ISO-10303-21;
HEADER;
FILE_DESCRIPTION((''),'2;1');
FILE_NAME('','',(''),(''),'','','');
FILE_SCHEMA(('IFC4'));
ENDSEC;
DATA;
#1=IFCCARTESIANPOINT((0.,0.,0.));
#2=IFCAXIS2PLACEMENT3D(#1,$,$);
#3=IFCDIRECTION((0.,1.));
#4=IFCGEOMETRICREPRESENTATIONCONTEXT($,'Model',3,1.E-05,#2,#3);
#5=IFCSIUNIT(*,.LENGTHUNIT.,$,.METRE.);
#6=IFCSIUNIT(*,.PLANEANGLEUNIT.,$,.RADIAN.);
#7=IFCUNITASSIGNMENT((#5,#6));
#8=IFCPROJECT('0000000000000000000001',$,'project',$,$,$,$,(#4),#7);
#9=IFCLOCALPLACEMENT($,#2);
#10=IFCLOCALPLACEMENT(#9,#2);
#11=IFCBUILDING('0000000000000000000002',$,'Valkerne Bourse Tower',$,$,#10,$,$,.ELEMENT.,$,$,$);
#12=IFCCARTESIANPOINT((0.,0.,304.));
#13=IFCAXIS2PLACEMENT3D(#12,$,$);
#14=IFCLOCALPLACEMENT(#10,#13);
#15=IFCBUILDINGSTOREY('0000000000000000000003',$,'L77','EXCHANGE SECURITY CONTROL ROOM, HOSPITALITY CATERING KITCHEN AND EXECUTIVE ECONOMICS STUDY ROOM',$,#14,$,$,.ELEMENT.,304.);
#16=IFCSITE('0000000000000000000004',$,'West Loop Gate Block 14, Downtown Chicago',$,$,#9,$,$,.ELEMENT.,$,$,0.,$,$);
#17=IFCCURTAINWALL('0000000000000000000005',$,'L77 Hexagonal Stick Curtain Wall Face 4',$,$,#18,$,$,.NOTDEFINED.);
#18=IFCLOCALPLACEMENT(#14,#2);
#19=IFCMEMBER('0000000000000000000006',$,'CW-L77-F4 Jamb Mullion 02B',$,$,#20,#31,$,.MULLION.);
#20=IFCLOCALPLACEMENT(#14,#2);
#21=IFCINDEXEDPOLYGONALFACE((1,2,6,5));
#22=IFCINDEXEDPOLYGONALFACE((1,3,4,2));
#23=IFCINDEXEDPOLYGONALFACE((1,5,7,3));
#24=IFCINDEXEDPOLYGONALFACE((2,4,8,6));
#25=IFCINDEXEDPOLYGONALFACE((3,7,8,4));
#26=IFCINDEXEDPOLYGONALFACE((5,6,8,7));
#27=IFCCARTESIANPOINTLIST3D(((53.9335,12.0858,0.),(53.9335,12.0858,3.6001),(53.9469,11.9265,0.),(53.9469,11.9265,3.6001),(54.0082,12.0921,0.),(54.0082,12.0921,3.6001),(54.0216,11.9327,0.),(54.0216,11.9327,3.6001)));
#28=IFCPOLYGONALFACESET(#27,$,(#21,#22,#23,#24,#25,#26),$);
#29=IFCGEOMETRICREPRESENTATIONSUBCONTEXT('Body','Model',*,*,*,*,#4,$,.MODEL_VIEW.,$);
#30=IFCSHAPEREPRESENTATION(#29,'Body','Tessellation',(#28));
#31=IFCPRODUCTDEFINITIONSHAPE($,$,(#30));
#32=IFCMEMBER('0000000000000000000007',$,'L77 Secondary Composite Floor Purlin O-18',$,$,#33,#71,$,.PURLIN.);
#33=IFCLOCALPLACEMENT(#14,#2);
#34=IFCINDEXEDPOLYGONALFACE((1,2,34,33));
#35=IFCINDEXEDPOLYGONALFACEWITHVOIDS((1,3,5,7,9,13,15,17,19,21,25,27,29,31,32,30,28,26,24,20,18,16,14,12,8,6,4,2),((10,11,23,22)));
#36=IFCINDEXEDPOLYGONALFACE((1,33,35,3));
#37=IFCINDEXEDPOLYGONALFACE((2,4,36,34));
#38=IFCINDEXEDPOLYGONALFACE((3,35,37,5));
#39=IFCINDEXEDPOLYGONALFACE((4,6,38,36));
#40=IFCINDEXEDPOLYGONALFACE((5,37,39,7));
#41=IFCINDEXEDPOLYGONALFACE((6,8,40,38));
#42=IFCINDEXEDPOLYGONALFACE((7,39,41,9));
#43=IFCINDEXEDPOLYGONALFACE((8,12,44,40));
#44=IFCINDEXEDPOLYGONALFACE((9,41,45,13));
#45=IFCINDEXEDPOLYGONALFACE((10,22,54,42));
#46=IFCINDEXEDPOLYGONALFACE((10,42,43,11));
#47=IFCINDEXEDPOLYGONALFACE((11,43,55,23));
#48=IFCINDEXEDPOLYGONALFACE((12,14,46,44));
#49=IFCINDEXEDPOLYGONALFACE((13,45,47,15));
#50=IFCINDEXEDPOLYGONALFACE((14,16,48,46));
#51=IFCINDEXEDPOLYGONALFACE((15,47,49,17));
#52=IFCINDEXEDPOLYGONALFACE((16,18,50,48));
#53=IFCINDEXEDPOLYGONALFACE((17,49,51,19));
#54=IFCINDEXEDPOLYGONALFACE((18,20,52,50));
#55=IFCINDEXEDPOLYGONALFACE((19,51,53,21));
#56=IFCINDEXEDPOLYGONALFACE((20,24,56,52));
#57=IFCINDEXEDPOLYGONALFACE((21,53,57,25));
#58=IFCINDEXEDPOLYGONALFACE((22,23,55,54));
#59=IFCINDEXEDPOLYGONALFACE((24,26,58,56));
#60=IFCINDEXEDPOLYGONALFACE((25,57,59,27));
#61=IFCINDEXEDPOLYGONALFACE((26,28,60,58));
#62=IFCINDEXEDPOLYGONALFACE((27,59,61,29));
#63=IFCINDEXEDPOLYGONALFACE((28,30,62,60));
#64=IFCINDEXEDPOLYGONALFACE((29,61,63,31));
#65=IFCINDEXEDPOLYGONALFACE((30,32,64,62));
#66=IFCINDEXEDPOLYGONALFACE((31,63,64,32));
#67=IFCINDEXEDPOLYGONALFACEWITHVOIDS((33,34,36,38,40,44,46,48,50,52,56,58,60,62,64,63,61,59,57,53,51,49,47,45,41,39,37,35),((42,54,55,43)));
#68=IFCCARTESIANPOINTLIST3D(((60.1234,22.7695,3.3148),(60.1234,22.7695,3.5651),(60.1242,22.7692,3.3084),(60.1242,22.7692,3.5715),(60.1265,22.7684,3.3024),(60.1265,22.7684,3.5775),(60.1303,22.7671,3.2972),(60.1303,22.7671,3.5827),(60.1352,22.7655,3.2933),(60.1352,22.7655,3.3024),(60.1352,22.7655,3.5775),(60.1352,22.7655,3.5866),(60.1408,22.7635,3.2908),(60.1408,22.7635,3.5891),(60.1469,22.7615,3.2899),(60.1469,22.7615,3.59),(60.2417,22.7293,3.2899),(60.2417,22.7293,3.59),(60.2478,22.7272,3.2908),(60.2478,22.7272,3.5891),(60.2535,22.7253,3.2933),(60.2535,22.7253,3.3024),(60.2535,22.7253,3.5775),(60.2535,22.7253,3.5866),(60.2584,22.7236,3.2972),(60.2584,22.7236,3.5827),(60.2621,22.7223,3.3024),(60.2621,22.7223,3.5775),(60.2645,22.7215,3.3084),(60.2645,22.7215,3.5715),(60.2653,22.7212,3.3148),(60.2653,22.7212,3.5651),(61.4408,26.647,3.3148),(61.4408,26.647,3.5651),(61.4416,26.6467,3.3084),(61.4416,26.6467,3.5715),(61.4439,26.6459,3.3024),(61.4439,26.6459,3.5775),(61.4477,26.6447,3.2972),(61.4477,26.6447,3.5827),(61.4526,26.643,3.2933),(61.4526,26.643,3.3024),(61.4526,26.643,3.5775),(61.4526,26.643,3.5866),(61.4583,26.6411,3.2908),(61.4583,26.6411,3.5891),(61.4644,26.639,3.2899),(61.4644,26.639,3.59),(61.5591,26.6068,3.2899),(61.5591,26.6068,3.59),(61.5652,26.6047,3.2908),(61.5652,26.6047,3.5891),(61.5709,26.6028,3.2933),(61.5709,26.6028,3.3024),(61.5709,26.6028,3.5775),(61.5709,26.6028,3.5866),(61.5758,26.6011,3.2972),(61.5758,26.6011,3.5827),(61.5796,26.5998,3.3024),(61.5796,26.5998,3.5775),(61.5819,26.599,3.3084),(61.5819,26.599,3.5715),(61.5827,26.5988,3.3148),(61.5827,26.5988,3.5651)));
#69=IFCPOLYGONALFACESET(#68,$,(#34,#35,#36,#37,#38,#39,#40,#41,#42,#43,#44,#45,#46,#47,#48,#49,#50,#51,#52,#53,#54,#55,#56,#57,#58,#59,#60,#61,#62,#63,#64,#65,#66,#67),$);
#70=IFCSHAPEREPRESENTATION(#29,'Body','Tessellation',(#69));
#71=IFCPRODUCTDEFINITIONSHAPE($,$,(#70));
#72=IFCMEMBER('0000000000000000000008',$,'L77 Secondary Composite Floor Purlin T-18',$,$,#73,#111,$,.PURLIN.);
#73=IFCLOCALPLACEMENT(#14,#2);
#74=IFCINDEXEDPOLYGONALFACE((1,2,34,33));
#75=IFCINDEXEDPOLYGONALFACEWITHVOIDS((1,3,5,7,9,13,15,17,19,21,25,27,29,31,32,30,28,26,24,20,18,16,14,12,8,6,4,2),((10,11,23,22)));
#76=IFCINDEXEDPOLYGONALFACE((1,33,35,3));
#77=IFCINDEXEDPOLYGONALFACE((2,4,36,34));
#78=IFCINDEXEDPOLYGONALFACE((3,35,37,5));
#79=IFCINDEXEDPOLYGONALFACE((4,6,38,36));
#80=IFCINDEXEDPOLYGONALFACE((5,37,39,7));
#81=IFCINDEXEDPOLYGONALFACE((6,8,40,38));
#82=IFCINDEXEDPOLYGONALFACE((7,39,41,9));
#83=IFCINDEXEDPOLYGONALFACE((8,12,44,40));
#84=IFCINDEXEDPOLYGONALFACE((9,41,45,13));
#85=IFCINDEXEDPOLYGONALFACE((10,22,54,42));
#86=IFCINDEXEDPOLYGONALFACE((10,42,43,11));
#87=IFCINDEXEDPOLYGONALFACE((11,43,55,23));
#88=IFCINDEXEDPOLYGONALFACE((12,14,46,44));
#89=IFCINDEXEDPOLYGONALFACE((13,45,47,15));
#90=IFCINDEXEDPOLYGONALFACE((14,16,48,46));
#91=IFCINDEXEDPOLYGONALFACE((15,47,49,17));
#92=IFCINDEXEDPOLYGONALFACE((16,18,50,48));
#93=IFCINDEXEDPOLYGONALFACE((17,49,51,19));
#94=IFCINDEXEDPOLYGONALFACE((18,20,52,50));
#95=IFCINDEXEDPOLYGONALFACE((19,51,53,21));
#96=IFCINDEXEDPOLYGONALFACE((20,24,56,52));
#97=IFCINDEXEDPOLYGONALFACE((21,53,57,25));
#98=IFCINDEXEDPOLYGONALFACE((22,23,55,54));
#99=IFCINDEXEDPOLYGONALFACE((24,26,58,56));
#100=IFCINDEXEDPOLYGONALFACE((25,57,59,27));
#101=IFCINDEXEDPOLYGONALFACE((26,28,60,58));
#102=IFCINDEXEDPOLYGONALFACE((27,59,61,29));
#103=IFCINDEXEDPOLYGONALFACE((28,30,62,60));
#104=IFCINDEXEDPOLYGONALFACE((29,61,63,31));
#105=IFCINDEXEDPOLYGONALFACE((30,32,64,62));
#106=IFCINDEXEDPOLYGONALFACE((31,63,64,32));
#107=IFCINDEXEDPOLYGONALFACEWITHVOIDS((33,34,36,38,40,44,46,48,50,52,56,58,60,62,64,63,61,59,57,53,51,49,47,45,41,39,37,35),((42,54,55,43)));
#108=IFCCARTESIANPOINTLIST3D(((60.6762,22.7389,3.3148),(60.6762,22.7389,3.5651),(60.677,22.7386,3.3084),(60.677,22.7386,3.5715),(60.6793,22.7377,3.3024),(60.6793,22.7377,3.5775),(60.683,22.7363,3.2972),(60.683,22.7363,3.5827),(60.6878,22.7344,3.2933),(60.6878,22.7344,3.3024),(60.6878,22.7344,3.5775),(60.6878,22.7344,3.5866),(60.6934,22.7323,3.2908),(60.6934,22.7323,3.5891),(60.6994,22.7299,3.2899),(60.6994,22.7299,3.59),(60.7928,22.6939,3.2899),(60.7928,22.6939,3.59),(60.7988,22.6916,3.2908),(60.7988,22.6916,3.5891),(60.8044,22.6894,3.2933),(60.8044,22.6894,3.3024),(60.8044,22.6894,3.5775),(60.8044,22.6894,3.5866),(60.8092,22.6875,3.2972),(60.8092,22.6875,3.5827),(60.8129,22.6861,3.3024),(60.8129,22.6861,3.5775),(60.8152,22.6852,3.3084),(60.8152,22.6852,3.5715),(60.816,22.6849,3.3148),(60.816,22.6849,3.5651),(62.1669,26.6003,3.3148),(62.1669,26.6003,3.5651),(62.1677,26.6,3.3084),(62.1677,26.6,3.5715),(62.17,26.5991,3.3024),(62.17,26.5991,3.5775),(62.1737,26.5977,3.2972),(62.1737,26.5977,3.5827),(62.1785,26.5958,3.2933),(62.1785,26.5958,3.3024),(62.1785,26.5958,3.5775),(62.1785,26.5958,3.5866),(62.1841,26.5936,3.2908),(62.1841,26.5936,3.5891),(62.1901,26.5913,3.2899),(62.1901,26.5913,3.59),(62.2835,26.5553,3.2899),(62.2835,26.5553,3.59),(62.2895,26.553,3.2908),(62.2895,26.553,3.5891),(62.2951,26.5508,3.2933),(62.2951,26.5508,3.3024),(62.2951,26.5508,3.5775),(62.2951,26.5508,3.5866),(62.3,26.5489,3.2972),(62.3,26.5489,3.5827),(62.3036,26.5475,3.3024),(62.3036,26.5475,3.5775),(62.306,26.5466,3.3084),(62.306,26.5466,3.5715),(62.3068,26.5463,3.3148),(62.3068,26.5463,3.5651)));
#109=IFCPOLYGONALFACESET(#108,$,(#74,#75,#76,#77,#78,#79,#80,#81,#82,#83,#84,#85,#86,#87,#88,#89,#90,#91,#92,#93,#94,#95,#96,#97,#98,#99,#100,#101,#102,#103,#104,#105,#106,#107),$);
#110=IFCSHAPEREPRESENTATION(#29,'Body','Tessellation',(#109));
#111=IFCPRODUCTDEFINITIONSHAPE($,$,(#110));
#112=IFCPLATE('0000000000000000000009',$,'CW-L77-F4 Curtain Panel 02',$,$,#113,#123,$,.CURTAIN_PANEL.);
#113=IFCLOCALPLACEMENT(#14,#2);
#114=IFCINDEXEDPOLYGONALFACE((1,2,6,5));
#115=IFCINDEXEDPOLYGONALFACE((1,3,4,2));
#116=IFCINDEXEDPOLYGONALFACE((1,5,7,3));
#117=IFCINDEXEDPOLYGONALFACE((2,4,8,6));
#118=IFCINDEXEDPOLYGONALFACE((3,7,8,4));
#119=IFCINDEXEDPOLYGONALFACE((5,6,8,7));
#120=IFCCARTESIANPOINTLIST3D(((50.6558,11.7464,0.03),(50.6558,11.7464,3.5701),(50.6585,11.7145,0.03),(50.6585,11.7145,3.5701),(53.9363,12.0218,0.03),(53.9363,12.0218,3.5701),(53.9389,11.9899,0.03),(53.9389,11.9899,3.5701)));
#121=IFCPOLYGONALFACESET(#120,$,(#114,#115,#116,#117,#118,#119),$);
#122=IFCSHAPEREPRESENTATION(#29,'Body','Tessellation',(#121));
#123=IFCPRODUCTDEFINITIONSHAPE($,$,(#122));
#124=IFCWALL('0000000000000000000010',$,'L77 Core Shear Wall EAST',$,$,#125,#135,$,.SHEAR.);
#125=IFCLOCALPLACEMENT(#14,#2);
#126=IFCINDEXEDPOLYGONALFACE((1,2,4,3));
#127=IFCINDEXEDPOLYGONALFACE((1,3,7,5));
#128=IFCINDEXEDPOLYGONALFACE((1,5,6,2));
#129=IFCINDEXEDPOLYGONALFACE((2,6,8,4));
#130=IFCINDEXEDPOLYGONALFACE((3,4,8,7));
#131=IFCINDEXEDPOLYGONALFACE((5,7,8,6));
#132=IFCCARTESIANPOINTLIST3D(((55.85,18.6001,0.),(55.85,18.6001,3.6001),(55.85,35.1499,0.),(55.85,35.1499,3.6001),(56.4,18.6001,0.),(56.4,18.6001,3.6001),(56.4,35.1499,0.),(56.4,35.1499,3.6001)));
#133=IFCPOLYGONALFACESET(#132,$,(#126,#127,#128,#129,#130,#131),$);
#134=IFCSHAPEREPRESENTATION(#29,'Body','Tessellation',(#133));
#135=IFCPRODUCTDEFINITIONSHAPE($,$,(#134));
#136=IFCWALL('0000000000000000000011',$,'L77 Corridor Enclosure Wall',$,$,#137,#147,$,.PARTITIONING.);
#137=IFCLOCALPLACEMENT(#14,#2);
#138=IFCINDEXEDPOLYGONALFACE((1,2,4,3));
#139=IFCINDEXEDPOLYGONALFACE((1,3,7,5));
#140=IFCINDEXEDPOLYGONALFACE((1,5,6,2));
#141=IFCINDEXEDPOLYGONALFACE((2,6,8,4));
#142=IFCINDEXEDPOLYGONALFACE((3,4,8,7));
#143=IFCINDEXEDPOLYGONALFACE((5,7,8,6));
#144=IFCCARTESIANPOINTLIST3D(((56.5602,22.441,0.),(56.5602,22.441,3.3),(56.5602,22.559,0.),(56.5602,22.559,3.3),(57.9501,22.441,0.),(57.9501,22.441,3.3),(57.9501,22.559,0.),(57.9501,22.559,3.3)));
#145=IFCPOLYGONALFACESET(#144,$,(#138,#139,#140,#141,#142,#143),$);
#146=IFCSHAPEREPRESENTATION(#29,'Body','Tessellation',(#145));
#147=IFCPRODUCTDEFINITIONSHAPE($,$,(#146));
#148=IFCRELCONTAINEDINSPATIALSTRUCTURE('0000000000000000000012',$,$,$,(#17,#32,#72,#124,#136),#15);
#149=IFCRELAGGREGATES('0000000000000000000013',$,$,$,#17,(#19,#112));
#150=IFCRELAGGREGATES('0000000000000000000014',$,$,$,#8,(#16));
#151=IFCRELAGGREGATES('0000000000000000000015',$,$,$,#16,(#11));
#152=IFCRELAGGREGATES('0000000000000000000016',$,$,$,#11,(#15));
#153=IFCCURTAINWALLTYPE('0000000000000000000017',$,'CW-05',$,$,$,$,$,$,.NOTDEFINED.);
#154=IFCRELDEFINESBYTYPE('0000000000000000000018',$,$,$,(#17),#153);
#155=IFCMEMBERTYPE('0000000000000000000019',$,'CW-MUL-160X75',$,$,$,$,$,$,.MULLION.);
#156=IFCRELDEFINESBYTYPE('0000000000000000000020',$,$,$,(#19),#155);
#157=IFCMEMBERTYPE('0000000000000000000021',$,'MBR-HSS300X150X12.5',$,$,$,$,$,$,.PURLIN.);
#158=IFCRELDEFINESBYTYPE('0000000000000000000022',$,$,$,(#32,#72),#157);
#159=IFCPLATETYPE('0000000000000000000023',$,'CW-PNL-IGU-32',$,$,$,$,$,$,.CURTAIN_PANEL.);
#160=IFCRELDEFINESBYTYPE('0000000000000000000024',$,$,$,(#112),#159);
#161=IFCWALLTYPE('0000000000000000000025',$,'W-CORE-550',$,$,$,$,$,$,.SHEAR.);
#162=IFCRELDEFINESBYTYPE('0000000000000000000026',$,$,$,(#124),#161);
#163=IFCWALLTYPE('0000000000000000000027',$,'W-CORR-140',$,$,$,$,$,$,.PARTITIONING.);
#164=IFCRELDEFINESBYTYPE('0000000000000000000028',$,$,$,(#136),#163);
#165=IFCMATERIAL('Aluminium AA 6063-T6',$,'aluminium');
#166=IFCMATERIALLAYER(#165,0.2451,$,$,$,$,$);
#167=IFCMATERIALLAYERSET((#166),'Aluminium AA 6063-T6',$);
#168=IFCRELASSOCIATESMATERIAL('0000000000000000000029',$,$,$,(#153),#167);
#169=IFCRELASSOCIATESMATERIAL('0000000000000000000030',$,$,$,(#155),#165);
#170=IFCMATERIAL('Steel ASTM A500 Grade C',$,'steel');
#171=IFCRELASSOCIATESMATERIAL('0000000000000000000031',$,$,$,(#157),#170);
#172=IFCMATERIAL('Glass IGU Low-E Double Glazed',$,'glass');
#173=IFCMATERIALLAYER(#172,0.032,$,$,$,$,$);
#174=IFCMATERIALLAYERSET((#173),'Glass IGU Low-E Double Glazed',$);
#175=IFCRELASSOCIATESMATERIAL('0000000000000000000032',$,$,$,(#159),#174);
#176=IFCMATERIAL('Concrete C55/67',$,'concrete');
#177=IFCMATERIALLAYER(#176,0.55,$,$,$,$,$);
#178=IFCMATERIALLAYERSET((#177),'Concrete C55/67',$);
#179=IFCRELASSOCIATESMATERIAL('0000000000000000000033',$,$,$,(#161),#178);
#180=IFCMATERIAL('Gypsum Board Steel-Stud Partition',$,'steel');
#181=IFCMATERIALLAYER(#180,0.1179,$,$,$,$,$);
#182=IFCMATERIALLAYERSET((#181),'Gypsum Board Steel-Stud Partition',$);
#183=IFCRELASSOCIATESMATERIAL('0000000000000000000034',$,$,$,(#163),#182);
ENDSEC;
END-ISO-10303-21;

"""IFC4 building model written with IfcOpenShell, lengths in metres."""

from ifc_helpers import new_model, si_unit, direction, frame, frame_2d, origin, origin_2d, place, context, subcontext, project, spatial, rectangle, hollow_rectangle, extrude, material, layer, layer_set, material_profile, profile_set, type_object, element, aggregate, save


model = new_model("IFC4")

# Units and contexts
model_context = context("Model", 3, precision=1e-05, world=origin(), true_north=direction((0.0, 1.0)))
body_context = subcontext(model_context, "Body", "Model", "MODEL_VIEW")
ifc_project = project(units=[si_unit("LENGTHUNIT", "METRE"), si_unit("PLANEANGLEUNIT", "RADIAN")], contexts=[model_context])

# Site, building, storey
site_placement = place(None, origin())
site = spatial("IfcSite", under=ifc_project, at=site_placement, Name="West Loop Gate Block 14, Downtown Chicago", CompositionType="ELEMENT", RefElevation=0.0)
building_placement = place(site_placement, origin())
building = spatial("IfcBuilding", under=site, at=building_placement, Name="Valkerne Bourse Tower", CompositionType="ELEMENT")
storey_placement = place(building_placement, frame((0.0, 0.0, 304.0)))
storey = spatial("IfcBuildingStorey", under=building, at=storey_placement, Name="L77", Description="EXCHANGE SECURITY CONTROL ROOM, HOSPITALITY CATERING KITCHEN AND EXECUTIVE ECONOMICS STUDY ROOM", CompositionType="ELEMENT", Elevation=304.0)

# Curtain wall, member
ifc_material_1 = material(Name="Aluminium AA 6063-T6", Category="aluminium")
ifc_layer_1 = layer(ifc_material_1, 0.2451)
ifc_layer_set_1 = layer_set([ifc_layer_1], Name="Aluminium AA 6063-T6")
curtain_wall_type = type_object("IfcCurtainWallType", Name="CW-05", PredefinedType="NOTDEFINED", material=ifc_layer_set_1)
curtain_wall_placement = place(storey_placement, origin())
curtain_wall = element("IfcCurtainWall", 1, at=curtain_wall_placement, inside=storey, type_object=curtain_wall_type, Name="L77 Hexagonal Stick Curtain Wall Face 4", PredefinedType="NOTDEFINED")
ifc_material_profile_1 = material_profile(ifc_material_1, rectangle(XDim=0.075, YDim=0.1599, at=origin_2d()), Name="CWM-75X160")
ifc_profile_set_1 = profile_set([ifc_material_profile_1], Name="Aluminium AA 6063-T6")
member_type_1 = type_object("IfcMemberType", Name="CW-MUL-160X75", PredefinedType="MULLION", material=ifc_profile_set_1)
member_1_placement = place(storey_placement, frame((53.9775, 12.0093, 0.0), z_axis=(0.0, 0.0, 1.0), x_axis=(0.996494, 0.083666, 0.0)))
member_1 = element("IfcMember", 2, at=member_1_placement, type_object=member_type_1, Name="CW-L77-F4 Jamb Mullion 02B", PredefinedType="MULLION", context=body_context, shape_type="SweptSolid", body=[
    extrude(rectangle(XDim=0.075, YDim=0.1599, at=origin_2d()), origin(), (0.0, 0.0, 1.0), 3.6001),
])

# Members
ifc_material_2 = material(Name="Steel ASTM A500 Grade C", Category="steel")
ifc_material_profile_2 = material_profile(ifc_material_2, hollow_rectangle(XDim=0.1499, YDim=0.3, WallThickness=0.0125, OuterFilletRadius=0.0249, at=origin_2d()), Name="HSS300X150X12.5")
ifc_profile_set_2 = profile_set([ifc_material_profile_2], Name="Steel ASTM A500 Grade C")
member_type_2 = type_object("IfcMemberType", Name="MBR-HSS300X150X12.5", PredefinedType="PURLIN", material=ifc_profile_set_2)
member_2_placement = place(storey_placement, frame((60.1943, 22.7454, 3.4399), z_axis=(0.321695, 0.946843, 0.0), x_axis=(-0.946843, 0.321695, 0.0)))
element("IfcMember", 3, at=member_2_placement, inside=storey, type_object=member_type_2, Name="L77 Secondary Composite Floor Purlin O-18", PredefinedType="PURLIN", context=body_context, shape_type="SweptSolid", body=[
    extrude(hollow_rectangle(XDim=0.1499, YDim=0.3, WallThickness=0.0125, OuterFilletRadius=0.0249, at=origin_2d()), origin(), (0.0, 0.0, 1.0), 4.0952),
])
member_3_placement = place(storey_placement, frame((60.7461, 22.7119, 3.4399), z_axis=(0.360157, 0.932892, 0.0), x_axis=(-0.932892, 0.360157, 0.0)))
element("IfcMember", 4, at=member_3_placement, inside=storey, type_object=member_type_2, Name="L77 Secondary Composite Floor Purlin T-18", PredefinedType="PURLIN", context=body_context, shape_type="SweptSolid", body=[
    extrude(hollow_rectangle(XDim=0.1499, YDim=0.3, WallThickness=0.0125, OuterFilletRadius=0.0249, at=origin_2d()), origin(), (0.0, 0.0, 1.0), 4.1392),
])

# Plate
ifc_material_3 = material(Name="Glass IGU Low-E Double Glazed", Category="glass")
ifc_layer_2 = layer(ifc_material_3, 0.032)
ifc_layer_set_2 = layer_set([ifc_layer_2], Name="Glass IGU Low-E Double Glazed")
plate_type = type_object("IfcPlateType", Name="CW-PNL-IGU-32", PredefinedType="CURTAIN_PANEL", material=ifc_layer_set_2)
plate_placement = place(storey_placement, frame((52.2974, 11.8682, 0.03), z_axis=(0.0, 0.0, 1.0), x_axis=(0.996494, 0.083666, 0.0)))
plate = element("IfcPlate", 5, at=plate_placement, type_object=plate_type, Name="CW-L77-F4 Curtain Panel 02", PredefinedType="CURTAIN_PANEL", context=body_context, shape_type="SweptSolid", body=[
    extrude(rectangle(XDim=3.292, YDim=0.032, at=origin_2d()), origin(), (0.0, 0.0, 1.0), 3.54),
])
aggregate(curtain_wall, [member_1, plate])

# Walls
ifc_material_4 = material(Name="Concrete C55/67", Category="concrete")
ifc_layer_3 = layer(ifc_material_4, 0.55)
ifc_layer_set_3 = layer_set([ifc_layer_3], Name="Concrete C55/67")
wall_type_1 = type_object("IfcWallType", Name="W-CORE-550", PredefinedType="SHEAR", material=ifc_layer_set_3)
wall_1_placement = place(storey_placement, frame((56.125, 18.6001, 0.0), z_axis=(0.0, 0.0, 1.0), x_axis=(0.0, 1.0, 0.0)))
element("IfcWall", 6, at=wall_1_placement, inside=storey, type_object=wall_type_1, Name="L77 Core Shear Wall EAST", PredefinedType="SHEAR", context=body_context, shape_type="SweptSolid", body=[
    extrude(rectangle(XDim=16.5498, YDim=0.55, at=frame_2d((8.2749, 0.0))), origin(), (0.0, 0.0, 1.0), 3.6001),
])
ifc_material_5 = material(Name="Gypsum Board Steel-Stud Partition", Category="steel")
ifc_layer_4 = layer(ifc_material_5, 0.1179)
ifc_layer_set_4 = layer_set([ifc_layer_4], Name="Gypsum Board Steel-Stud Partition")
wall_type_2 = type_object("IfcWallType", Name="W-CORR-140", PredefinedType="PARTITIONING", material=ifc_layer_set_4)
wall_2_placement = place(storey_placement, frame((57.95, 22.5, 0.0), z_axis=(0.0, 0.0, 1.0), x_axis=(-1.0, 0.0, 0.0)))
element("IfcWall", 7, at=wall_2_placement, inside=storey, type_object=wall_type_2, Name="L77 Corridor Enclosure Wall", PredefinedType="PARTITIONING", context=body_context, shape_type="SweptSolid", body=[
    extrude(rectangle(XDim=1.3899, YDim=0.1179, at=frame_2d((0.6948, 0.0))), origin(), (0.0, 0.0, 1.0), 3.3),
])

save(model, "model.ifc")
